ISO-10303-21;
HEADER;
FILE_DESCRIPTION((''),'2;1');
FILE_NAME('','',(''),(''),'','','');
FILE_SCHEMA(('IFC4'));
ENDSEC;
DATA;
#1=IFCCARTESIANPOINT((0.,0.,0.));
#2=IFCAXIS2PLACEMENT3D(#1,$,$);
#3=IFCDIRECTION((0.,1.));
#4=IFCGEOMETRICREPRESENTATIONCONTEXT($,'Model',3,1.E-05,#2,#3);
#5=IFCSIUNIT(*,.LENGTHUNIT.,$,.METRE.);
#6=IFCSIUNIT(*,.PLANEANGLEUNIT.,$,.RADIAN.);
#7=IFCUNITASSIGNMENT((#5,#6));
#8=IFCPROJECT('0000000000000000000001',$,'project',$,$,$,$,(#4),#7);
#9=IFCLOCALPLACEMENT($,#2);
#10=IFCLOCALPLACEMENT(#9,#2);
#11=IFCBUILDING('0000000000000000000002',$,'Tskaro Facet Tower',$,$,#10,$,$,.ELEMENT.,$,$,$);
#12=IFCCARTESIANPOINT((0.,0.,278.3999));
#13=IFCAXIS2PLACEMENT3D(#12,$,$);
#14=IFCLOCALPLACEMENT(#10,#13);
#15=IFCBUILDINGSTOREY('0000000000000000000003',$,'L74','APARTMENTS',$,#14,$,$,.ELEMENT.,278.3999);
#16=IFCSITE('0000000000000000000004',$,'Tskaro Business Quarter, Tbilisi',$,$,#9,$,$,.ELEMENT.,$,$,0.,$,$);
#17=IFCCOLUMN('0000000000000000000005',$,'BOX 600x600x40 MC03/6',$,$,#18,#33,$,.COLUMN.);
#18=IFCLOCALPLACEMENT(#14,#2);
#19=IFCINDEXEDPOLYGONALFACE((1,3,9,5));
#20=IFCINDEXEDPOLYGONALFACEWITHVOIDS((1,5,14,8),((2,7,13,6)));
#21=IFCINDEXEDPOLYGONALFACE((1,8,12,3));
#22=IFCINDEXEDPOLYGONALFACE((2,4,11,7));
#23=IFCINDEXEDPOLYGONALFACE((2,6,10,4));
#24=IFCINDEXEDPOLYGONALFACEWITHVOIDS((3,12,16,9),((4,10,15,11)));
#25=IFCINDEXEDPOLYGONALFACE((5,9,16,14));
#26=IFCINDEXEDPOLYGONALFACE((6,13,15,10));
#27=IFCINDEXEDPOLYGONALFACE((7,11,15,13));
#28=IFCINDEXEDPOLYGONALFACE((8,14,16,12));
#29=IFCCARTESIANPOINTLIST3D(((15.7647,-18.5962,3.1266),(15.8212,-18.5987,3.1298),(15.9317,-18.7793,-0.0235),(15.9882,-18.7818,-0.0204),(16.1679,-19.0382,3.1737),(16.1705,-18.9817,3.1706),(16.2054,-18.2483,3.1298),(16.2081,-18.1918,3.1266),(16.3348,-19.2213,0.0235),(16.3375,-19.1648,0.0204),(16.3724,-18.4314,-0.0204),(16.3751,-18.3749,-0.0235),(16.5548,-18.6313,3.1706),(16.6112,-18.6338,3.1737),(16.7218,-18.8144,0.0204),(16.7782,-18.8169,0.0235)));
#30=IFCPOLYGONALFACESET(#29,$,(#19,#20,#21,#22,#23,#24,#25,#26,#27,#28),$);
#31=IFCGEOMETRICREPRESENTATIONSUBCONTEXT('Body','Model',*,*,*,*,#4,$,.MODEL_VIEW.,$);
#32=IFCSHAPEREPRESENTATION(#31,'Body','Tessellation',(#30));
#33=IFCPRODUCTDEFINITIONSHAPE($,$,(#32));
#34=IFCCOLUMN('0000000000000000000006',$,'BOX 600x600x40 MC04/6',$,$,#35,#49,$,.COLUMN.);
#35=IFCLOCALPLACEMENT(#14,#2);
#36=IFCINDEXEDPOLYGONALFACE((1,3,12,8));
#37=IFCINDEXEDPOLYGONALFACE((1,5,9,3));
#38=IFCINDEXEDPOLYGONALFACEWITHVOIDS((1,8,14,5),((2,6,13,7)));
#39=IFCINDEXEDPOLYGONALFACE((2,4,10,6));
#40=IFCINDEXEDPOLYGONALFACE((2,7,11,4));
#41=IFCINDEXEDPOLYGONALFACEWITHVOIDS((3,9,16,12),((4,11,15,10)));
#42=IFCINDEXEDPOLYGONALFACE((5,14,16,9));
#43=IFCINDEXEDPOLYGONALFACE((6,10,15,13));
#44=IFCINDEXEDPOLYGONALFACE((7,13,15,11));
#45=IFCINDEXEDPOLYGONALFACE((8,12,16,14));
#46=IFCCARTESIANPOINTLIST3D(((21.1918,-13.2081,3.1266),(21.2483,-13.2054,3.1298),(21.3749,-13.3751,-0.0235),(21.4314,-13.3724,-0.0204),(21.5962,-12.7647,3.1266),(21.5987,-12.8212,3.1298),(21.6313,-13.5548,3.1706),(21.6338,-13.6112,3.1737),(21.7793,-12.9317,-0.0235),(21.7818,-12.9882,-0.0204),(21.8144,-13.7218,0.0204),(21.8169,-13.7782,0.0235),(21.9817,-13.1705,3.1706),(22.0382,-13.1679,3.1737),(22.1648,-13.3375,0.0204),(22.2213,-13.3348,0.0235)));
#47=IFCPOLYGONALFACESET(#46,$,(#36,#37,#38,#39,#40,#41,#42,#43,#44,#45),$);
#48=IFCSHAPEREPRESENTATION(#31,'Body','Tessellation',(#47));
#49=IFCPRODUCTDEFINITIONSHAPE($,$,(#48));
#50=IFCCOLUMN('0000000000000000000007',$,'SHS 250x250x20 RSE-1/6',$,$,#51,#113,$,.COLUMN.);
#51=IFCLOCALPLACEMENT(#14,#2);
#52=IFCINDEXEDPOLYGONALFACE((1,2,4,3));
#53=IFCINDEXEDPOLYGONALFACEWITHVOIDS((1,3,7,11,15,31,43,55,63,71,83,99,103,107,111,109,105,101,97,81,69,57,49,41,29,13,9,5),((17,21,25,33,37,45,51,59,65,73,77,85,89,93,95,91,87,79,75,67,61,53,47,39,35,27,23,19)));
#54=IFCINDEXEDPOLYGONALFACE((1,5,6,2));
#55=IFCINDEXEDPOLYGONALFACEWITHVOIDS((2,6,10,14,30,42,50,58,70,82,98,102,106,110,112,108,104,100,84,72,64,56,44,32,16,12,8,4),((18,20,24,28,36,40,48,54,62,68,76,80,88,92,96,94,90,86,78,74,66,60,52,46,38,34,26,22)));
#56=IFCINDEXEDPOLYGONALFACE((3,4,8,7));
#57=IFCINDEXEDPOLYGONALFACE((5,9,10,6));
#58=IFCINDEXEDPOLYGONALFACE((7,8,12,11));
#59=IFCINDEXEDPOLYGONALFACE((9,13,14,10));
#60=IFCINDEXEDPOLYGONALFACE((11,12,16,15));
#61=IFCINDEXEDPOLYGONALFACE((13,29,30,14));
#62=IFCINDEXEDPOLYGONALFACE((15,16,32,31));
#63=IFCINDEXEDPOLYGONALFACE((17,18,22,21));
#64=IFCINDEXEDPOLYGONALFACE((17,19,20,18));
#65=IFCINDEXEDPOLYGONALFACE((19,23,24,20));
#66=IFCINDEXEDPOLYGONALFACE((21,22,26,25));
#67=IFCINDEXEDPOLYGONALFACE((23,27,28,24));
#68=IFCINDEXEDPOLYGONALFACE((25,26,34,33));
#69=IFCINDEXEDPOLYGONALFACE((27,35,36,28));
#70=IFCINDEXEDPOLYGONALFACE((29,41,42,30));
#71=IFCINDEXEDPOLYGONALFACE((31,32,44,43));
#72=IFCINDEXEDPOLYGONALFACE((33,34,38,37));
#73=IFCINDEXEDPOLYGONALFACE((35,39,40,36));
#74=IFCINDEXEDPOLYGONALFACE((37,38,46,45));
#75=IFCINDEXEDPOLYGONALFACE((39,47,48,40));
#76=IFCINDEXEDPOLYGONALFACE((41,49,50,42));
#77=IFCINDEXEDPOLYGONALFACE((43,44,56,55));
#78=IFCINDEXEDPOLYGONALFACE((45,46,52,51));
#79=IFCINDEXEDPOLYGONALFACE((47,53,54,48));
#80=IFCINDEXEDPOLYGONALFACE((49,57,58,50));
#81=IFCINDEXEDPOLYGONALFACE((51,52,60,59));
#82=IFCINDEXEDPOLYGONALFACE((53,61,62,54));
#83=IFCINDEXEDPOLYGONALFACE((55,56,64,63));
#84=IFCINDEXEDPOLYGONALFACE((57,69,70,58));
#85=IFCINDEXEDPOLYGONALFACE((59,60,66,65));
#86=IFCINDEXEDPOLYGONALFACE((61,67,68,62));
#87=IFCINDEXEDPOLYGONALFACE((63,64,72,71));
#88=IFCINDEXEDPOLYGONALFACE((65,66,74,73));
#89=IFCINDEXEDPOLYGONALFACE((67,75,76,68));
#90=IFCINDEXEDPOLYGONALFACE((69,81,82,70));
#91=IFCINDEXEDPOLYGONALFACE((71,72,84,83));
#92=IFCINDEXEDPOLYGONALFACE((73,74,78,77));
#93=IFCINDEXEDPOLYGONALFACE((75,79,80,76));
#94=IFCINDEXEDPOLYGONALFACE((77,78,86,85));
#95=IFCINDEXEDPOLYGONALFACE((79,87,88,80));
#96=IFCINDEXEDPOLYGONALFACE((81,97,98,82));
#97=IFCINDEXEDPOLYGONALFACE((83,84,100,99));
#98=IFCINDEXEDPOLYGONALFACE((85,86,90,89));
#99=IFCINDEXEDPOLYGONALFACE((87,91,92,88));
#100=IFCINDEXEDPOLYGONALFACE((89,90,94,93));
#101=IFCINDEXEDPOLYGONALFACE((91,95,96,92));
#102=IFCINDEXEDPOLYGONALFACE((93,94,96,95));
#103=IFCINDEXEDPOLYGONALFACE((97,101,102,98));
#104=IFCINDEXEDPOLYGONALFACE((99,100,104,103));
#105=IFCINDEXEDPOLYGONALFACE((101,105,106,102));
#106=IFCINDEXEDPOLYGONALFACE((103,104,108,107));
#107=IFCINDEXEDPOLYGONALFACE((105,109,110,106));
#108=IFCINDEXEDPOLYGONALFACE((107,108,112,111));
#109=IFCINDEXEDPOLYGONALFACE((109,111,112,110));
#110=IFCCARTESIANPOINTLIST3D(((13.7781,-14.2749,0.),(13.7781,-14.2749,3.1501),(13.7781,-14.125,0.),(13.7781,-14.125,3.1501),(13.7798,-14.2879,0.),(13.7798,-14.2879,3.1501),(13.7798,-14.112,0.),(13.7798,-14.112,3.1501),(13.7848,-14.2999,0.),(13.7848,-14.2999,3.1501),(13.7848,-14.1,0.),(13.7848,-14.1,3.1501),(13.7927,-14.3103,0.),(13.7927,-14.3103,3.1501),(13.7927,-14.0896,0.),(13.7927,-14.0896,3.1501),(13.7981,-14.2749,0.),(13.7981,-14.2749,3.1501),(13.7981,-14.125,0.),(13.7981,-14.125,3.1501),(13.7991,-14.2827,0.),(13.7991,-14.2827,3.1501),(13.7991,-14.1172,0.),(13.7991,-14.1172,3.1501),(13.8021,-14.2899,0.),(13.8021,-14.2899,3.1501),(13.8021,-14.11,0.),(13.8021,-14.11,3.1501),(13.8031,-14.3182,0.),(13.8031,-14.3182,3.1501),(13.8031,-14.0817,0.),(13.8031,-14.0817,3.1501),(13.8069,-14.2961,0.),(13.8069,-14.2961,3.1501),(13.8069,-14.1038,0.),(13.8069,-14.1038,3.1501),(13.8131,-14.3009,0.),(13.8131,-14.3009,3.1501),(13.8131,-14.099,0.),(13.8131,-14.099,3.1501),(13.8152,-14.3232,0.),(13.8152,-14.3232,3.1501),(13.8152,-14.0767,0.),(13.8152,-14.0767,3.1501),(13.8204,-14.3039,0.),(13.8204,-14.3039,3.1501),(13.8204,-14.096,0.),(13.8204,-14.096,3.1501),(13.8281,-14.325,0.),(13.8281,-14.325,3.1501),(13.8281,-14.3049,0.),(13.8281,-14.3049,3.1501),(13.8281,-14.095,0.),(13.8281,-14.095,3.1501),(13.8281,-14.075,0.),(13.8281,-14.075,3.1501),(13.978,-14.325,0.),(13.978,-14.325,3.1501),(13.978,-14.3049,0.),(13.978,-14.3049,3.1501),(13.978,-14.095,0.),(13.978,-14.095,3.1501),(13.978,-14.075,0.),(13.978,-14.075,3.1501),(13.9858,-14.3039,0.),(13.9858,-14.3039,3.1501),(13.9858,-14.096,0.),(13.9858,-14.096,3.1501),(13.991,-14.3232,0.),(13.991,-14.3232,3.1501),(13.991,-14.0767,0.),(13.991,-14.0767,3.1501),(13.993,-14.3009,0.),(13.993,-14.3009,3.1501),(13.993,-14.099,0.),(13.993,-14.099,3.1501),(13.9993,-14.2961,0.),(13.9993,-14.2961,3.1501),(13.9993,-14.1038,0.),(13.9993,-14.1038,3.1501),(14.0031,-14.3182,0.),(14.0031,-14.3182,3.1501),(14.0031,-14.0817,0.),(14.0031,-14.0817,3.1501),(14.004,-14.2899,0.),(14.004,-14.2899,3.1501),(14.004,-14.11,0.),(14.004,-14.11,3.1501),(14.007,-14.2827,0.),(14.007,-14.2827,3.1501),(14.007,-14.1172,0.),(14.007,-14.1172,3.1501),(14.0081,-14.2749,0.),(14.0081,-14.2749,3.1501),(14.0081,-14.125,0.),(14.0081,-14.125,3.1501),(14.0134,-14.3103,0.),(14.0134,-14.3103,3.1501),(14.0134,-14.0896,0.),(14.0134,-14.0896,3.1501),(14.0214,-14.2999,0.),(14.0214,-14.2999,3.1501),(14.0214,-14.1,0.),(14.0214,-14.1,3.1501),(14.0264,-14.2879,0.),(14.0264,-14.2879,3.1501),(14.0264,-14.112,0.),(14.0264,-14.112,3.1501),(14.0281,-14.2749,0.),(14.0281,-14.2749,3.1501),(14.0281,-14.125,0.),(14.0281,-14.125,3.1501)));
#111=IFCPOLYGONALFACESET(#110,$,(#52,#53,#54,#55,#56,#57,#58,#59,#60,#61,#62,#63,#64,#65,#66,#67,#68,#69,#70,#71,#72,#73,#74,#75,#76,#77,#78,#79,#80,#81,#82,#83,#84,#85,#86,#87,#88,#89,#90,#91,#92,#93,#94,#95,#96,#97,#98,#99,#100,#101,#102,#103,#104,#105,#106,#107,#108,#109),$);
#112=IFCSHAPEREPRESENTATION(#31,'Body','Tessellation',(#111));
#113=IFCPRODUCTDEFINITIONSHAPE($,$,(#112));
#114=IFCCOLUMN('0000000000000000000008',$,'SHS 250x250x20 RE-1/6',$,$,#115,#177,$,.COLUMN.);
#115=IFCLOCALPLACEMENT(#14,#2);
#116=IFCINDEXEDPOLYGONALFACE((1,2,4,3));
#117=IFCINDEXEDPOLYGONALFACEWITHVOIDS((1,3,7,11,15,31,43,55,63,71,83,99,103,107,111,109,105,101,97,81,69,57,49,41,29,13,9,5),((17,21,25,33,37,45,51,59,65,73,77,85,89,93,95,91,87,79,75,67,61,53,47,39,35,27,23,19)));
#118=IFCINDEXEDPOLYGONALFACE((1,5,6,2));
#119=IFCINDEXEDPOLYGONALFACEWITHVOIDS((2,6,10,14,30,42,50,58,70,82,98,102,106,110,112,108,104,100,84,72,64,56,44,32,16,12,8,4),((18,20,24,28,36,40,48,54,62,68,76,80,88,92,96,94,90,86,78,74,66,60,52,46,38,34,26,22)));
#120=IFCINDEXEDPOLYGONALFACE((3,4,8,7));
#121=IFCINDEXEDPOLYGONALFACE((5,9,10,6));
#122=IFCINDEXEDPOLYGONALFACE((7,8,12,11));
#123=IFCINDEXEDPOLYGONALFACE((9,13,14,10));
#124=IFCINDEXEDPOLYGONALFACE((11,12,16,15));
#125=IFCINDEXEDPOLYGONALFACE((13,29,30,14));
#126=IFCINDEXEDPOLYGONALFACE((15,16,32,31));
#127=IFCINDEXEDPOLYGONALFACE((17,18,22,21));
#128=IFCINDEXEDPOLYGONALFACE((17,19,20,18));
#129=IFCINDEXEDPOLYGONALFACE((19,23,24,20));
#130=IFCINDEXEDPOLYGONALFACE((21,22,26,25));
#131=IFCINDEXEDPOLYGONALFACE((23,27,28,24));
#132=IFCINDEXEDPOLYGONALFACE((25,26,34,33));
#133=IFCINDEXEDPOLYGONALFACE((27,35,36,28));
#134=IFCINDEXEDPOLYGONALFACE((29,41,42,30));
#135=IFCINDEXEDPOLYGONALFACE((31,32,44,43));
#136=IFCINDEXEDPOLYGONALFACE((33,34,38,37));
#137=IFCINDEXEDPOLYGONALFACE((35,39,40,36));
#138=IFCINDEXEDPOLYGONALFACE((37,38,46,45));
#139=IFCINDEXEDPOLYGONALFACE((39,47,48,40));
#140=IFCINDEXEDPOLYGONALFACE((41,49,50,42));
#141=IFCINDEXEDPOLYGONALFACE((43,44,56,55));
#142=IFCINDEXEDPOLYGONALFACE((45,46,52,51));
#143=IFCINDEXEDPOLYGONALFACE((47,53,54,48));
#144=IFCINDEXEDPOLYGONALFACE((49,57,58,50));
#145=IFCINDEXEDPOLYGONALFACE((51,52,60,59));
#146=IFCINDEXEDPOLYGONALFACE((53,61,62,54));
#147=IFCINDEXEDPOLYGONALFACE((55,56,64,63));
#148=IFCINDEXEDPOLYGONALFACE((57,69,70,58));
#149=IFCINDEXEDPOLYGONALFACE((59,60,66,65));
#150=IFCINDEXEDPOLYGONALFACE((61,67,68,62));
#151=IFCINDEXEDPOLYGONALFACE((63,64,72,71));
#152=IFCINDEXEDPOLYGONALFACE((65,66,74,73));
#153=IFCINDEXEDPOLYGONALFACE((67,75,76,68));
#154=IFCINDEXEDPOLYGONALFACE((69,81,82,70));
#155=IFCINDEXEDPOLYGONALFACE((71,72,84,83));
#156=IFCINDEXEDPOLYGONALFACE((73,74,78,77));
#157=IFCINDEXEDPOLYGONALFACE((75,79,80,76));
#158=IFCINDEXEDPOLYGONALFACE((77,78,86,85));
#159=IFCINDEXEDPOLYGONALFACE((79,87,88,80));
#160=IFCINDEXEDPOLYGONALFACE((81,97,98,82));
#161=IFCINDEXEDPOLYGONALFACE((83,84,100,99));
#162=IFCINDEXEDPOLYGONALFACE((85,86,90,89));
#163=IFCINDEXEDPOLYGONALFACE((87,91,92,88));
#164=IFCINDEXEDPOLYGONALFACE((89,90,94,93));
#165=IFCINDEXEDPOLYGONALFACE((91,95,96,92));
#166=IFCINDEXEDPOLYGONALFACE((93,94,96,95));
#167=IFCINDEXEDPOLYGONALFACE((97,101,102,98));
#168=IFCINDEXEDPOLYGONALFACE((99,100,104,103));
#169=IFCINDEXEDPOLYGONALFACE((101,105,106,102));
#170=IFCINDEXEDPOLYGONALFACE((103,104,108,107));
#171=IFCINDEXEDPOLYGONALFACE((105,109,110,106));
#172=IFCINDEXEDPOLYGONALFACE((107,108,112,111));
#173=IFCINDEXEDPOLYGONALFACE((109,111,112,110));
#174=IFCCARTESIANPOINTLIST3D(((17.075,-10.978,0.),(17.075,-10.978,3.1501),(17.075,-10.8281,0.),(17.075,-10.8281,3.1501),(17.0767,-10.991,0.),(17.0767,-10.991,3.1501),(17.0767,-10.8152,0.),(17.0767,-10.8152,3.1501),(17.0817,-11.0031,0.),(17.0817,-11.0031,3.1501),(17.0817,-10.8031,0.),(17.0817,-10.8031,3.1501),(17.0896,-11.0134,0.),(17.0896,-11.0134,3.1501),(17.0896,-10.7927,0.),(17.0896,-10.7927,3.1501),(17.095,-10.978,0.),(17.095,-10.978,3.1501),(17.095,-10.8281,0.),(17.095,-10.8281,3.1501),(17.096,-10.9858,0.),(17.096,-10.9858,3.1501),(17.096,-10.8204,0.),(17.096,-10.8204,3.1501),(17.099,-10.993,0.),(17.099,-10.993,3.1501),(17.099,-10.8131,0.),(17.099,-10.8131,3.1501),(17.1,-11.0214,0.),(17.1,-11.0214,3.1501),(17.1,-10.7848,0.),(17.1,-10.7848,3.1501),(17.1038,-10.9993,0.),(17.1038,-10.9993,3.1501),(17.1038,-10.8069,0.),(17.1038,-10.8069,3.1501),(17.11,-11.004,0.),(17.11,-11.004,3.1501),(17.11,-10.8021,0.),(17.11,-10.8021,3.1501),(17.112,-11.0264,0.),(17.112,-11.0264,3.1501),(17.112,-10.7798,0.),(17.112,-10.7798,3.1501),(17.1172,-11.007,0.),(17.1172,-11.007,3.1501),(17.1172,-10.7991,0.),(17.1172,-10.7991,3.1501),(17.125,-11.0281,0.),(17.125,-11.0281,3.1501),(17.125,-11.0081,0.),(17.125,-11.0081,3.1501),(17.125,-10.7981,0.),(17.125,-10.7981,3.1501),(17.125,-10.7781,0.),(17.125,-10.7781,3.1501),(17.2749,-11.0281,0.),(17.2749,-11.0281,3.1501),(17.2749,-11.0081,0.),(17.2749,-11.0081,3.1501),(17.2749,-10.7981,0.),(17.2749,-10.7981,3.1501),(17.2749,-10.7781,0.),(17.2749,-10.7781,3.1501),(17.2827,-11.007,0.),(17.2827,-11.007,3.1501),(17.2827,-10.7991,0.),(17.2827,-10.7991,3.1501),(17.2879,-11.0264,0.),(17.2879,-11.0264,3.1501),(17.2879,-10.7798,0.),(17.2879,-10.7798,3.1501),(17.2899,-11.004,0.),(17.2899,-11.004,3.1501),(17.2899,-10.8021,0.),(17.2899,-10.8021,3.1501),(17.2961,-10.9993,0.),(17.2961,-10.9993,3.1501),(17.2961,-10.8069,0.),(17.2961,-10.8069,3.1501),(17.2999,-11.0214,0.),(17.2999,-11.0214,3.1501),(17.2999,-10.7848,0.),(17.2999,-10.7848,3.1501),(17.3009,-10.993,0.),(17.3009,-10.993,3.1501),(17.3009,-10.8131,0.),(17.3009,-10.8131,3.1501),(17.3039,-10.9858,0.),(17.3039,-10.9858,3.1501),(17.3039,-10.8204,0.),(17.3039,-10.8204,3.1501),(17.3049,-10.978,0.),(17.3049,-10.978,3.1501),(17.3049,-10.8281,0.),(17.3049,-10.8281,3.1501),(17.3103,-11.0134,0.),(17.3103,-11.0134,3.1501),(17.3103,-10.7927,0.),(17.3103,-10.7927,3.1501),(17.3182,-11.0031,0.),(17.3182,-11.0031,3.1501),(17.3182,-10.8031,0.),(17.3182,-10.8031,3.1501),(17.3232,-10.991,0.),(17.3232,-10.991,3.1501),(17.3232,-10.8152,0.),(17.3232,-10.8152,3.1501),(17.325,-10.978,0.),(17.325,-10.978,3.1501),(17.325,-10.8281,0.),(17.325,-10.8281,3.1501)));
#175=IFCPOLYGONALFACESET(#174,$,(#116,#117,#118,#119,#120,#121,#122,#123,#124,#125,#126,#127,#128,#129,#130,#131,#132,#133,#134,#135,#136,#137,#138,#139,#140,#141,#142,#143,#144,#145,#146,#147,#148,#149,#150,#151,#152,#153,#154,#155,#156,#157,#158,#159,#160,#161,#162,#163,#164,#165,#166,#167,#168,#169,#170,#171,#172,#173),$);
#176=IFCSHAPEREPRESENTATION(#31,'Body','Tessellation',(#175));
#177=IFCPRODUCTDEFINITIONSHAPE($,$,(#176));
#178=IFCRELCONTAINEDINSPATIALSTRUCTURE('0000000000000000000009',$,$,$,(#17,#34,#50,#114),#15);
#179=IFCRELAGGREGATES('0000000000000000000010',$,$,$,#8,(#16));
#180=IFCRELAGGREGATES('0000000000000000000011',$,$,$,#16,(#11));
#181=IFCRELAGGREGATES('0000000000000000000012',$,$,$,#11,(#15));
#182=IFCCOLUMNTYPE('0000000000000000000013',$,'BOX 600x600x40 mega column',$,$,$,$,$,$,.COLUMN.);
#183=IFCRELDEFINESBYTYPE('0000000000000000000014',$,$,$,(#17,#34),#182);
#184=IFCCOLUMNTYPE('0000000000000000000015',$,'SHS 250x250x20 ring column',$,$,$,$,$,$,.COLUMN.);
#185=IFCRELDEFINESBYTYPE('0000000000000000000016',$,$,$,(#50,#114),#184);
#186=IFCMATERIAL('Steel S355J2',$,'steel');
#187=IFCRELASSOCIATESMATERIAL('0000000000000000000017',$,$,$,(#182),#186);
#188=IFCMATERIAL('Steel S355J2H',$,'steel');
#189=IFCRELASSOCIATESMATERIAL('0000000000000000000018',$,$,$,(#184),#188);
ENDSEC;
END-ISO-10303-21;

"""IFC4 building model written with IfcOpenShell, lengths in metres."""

from ifc_helpers import new_model, si_unit, direction, frame, origin, origin_2d, place, context, subcontext, project, spatial, hollow_rectangle, extrude, material, material_profile, profile_set, type_object, element, save


model = new_model("IFC4")

# Units and contexts
model_context = context("Model", 3, precision=1e-05, world=origin(), true_north=direction((0.0, 1.0)))
body_context = subcontext(model_context, "Body", "Model", "MODEL_VIEW")
ifc_project = project(units=[si_unit("LENGTHUNIT", "METRE"), si_unit("PLANEANGLEUNIT", "RADIAN")], contexts=[model_context])

# Site, building, storey
site_placement = place(None, origin())
site = spatial("IfcSite", under=ifc_project, at=site_placement, Name="Tskaro Business Quarter, Tbilisi", CompositionType="ELEMENT", RefElevation=0.0)
building_placement = place(site_placement, origin())
building = spatial("IfcBuilding", under=site, at=building_placement, Name="Tskaro Facet Tower", CompositionType="ELEMENT")
storey_placement = place(building_placement, frame((0.0, 0.0, 278.3999)))
storey = spatial("IfcBuildingStorey", under=building, at=storey_placement, Name="L74", Description="APARTMENTS", CompositionType="ELEMENT", Elevation=278.3999)

# Columns
ifc_material_1 = material(Name="Steel S355J2", Category="steel")
ifc_material_profile_1 = material_profile(ifc_material_1, hollow_rectangle(XDim=0.6001, YDim=0.6001, WallThickness=0.04, at=origin_2d()), Name="BOX 600x600x40")
ifc_profile_set_1 = profile_set([ifc_material_profile_1], Name="Steel S355J2")
column_type_1 = type_object("IfcColumnType", Name="BOX 600x600x40 mega column", PredefinedType="COLUMN", material=ifc_profile_set_1)
for number, where, z_axis, x_axis, name in (
    (1, (16.355, -18.7981, 0.0), (-0.052848, 0.057947, 0.99692), (-0.738869, -0.673849, 0.0), "BOX 600x600x40 MC03/6"),
    (2, (21.7981, -13.355, 0.0), (-0.057947, 0.052848, 0.99692), (-0.673849, -0.738869, 0.0), "BOX 600x600x40 MC04/6"),
):
    element("IfcColumn", number, at=place(storey_placement, frame(where, z_axis=z_axis, x_axis=x_axis)), inside=storey, type_object=column_type_1, Name=name, PredefinedType="COLUMN", context=body_context, shape_type="SweptSolid", body=[
        extrude(hollow_rectangle(XDim=0.6001, YDim=0.6001, WallThickness=0.04, at=origin_2d()), origin(), (0.0, 0.0, 1.0), 3.1599),
    ])
ifc_material_2 = material(Name="Steel S355J2H", Category="steel")
ifc_material_profile_2 = material_profile(ifc_material_2, hollow_rectangle(XDim=0.25, YDim=0.25, WallThickness=0.02, InnerFilletRadius=0.03, OuterFilletRadius=0.05, at=origin_2d()), Name="SHS 250x250x20")
ifc_profile_set_2 = profile_set([ifc_material_profile_2], Name="Steel S355J2H")
column_type_2 = type_object("IfcColumnType", Name="SHS 250x250x20 ring column", PredefinedType="COLUMN", material=ifc_profile_set_2)
for number, where, z_axis, x_axis, name in (
    (3, (13.9031, -14.2, 0.0), (0.0, 0.0, 1.0), (1.0, 0.0, 0.0), "SHS 250x250x20 RSE-1/6"),
    (4, (17.2, -10.9031, 0.0), (0.0, 0.0, 1.0), (1.0, 0.0, 0.0), "SHS 250x250x20 RE-1/6"),
):
    element("IfcColumn", number, at=place(storey_placement, frame(where, z_axis=z_axis, x_axis=x_axis)), inside=storey, type_object=column_type_2, Name=name, PredefinedType="COLUMN", context=body_context, shape_type="SweptSolid", body=[
        extrude(hollow_rectangle(XDim=0.25, YDim=0.25, WallThickness=0.02, InnerFilletRadius=0.03, OuterFilletRadius=0.05, at=origin_2d()), origin(), (0.0, 0.0, 1.0), 3.1501),
    ])

save(model, "model.ifc")
